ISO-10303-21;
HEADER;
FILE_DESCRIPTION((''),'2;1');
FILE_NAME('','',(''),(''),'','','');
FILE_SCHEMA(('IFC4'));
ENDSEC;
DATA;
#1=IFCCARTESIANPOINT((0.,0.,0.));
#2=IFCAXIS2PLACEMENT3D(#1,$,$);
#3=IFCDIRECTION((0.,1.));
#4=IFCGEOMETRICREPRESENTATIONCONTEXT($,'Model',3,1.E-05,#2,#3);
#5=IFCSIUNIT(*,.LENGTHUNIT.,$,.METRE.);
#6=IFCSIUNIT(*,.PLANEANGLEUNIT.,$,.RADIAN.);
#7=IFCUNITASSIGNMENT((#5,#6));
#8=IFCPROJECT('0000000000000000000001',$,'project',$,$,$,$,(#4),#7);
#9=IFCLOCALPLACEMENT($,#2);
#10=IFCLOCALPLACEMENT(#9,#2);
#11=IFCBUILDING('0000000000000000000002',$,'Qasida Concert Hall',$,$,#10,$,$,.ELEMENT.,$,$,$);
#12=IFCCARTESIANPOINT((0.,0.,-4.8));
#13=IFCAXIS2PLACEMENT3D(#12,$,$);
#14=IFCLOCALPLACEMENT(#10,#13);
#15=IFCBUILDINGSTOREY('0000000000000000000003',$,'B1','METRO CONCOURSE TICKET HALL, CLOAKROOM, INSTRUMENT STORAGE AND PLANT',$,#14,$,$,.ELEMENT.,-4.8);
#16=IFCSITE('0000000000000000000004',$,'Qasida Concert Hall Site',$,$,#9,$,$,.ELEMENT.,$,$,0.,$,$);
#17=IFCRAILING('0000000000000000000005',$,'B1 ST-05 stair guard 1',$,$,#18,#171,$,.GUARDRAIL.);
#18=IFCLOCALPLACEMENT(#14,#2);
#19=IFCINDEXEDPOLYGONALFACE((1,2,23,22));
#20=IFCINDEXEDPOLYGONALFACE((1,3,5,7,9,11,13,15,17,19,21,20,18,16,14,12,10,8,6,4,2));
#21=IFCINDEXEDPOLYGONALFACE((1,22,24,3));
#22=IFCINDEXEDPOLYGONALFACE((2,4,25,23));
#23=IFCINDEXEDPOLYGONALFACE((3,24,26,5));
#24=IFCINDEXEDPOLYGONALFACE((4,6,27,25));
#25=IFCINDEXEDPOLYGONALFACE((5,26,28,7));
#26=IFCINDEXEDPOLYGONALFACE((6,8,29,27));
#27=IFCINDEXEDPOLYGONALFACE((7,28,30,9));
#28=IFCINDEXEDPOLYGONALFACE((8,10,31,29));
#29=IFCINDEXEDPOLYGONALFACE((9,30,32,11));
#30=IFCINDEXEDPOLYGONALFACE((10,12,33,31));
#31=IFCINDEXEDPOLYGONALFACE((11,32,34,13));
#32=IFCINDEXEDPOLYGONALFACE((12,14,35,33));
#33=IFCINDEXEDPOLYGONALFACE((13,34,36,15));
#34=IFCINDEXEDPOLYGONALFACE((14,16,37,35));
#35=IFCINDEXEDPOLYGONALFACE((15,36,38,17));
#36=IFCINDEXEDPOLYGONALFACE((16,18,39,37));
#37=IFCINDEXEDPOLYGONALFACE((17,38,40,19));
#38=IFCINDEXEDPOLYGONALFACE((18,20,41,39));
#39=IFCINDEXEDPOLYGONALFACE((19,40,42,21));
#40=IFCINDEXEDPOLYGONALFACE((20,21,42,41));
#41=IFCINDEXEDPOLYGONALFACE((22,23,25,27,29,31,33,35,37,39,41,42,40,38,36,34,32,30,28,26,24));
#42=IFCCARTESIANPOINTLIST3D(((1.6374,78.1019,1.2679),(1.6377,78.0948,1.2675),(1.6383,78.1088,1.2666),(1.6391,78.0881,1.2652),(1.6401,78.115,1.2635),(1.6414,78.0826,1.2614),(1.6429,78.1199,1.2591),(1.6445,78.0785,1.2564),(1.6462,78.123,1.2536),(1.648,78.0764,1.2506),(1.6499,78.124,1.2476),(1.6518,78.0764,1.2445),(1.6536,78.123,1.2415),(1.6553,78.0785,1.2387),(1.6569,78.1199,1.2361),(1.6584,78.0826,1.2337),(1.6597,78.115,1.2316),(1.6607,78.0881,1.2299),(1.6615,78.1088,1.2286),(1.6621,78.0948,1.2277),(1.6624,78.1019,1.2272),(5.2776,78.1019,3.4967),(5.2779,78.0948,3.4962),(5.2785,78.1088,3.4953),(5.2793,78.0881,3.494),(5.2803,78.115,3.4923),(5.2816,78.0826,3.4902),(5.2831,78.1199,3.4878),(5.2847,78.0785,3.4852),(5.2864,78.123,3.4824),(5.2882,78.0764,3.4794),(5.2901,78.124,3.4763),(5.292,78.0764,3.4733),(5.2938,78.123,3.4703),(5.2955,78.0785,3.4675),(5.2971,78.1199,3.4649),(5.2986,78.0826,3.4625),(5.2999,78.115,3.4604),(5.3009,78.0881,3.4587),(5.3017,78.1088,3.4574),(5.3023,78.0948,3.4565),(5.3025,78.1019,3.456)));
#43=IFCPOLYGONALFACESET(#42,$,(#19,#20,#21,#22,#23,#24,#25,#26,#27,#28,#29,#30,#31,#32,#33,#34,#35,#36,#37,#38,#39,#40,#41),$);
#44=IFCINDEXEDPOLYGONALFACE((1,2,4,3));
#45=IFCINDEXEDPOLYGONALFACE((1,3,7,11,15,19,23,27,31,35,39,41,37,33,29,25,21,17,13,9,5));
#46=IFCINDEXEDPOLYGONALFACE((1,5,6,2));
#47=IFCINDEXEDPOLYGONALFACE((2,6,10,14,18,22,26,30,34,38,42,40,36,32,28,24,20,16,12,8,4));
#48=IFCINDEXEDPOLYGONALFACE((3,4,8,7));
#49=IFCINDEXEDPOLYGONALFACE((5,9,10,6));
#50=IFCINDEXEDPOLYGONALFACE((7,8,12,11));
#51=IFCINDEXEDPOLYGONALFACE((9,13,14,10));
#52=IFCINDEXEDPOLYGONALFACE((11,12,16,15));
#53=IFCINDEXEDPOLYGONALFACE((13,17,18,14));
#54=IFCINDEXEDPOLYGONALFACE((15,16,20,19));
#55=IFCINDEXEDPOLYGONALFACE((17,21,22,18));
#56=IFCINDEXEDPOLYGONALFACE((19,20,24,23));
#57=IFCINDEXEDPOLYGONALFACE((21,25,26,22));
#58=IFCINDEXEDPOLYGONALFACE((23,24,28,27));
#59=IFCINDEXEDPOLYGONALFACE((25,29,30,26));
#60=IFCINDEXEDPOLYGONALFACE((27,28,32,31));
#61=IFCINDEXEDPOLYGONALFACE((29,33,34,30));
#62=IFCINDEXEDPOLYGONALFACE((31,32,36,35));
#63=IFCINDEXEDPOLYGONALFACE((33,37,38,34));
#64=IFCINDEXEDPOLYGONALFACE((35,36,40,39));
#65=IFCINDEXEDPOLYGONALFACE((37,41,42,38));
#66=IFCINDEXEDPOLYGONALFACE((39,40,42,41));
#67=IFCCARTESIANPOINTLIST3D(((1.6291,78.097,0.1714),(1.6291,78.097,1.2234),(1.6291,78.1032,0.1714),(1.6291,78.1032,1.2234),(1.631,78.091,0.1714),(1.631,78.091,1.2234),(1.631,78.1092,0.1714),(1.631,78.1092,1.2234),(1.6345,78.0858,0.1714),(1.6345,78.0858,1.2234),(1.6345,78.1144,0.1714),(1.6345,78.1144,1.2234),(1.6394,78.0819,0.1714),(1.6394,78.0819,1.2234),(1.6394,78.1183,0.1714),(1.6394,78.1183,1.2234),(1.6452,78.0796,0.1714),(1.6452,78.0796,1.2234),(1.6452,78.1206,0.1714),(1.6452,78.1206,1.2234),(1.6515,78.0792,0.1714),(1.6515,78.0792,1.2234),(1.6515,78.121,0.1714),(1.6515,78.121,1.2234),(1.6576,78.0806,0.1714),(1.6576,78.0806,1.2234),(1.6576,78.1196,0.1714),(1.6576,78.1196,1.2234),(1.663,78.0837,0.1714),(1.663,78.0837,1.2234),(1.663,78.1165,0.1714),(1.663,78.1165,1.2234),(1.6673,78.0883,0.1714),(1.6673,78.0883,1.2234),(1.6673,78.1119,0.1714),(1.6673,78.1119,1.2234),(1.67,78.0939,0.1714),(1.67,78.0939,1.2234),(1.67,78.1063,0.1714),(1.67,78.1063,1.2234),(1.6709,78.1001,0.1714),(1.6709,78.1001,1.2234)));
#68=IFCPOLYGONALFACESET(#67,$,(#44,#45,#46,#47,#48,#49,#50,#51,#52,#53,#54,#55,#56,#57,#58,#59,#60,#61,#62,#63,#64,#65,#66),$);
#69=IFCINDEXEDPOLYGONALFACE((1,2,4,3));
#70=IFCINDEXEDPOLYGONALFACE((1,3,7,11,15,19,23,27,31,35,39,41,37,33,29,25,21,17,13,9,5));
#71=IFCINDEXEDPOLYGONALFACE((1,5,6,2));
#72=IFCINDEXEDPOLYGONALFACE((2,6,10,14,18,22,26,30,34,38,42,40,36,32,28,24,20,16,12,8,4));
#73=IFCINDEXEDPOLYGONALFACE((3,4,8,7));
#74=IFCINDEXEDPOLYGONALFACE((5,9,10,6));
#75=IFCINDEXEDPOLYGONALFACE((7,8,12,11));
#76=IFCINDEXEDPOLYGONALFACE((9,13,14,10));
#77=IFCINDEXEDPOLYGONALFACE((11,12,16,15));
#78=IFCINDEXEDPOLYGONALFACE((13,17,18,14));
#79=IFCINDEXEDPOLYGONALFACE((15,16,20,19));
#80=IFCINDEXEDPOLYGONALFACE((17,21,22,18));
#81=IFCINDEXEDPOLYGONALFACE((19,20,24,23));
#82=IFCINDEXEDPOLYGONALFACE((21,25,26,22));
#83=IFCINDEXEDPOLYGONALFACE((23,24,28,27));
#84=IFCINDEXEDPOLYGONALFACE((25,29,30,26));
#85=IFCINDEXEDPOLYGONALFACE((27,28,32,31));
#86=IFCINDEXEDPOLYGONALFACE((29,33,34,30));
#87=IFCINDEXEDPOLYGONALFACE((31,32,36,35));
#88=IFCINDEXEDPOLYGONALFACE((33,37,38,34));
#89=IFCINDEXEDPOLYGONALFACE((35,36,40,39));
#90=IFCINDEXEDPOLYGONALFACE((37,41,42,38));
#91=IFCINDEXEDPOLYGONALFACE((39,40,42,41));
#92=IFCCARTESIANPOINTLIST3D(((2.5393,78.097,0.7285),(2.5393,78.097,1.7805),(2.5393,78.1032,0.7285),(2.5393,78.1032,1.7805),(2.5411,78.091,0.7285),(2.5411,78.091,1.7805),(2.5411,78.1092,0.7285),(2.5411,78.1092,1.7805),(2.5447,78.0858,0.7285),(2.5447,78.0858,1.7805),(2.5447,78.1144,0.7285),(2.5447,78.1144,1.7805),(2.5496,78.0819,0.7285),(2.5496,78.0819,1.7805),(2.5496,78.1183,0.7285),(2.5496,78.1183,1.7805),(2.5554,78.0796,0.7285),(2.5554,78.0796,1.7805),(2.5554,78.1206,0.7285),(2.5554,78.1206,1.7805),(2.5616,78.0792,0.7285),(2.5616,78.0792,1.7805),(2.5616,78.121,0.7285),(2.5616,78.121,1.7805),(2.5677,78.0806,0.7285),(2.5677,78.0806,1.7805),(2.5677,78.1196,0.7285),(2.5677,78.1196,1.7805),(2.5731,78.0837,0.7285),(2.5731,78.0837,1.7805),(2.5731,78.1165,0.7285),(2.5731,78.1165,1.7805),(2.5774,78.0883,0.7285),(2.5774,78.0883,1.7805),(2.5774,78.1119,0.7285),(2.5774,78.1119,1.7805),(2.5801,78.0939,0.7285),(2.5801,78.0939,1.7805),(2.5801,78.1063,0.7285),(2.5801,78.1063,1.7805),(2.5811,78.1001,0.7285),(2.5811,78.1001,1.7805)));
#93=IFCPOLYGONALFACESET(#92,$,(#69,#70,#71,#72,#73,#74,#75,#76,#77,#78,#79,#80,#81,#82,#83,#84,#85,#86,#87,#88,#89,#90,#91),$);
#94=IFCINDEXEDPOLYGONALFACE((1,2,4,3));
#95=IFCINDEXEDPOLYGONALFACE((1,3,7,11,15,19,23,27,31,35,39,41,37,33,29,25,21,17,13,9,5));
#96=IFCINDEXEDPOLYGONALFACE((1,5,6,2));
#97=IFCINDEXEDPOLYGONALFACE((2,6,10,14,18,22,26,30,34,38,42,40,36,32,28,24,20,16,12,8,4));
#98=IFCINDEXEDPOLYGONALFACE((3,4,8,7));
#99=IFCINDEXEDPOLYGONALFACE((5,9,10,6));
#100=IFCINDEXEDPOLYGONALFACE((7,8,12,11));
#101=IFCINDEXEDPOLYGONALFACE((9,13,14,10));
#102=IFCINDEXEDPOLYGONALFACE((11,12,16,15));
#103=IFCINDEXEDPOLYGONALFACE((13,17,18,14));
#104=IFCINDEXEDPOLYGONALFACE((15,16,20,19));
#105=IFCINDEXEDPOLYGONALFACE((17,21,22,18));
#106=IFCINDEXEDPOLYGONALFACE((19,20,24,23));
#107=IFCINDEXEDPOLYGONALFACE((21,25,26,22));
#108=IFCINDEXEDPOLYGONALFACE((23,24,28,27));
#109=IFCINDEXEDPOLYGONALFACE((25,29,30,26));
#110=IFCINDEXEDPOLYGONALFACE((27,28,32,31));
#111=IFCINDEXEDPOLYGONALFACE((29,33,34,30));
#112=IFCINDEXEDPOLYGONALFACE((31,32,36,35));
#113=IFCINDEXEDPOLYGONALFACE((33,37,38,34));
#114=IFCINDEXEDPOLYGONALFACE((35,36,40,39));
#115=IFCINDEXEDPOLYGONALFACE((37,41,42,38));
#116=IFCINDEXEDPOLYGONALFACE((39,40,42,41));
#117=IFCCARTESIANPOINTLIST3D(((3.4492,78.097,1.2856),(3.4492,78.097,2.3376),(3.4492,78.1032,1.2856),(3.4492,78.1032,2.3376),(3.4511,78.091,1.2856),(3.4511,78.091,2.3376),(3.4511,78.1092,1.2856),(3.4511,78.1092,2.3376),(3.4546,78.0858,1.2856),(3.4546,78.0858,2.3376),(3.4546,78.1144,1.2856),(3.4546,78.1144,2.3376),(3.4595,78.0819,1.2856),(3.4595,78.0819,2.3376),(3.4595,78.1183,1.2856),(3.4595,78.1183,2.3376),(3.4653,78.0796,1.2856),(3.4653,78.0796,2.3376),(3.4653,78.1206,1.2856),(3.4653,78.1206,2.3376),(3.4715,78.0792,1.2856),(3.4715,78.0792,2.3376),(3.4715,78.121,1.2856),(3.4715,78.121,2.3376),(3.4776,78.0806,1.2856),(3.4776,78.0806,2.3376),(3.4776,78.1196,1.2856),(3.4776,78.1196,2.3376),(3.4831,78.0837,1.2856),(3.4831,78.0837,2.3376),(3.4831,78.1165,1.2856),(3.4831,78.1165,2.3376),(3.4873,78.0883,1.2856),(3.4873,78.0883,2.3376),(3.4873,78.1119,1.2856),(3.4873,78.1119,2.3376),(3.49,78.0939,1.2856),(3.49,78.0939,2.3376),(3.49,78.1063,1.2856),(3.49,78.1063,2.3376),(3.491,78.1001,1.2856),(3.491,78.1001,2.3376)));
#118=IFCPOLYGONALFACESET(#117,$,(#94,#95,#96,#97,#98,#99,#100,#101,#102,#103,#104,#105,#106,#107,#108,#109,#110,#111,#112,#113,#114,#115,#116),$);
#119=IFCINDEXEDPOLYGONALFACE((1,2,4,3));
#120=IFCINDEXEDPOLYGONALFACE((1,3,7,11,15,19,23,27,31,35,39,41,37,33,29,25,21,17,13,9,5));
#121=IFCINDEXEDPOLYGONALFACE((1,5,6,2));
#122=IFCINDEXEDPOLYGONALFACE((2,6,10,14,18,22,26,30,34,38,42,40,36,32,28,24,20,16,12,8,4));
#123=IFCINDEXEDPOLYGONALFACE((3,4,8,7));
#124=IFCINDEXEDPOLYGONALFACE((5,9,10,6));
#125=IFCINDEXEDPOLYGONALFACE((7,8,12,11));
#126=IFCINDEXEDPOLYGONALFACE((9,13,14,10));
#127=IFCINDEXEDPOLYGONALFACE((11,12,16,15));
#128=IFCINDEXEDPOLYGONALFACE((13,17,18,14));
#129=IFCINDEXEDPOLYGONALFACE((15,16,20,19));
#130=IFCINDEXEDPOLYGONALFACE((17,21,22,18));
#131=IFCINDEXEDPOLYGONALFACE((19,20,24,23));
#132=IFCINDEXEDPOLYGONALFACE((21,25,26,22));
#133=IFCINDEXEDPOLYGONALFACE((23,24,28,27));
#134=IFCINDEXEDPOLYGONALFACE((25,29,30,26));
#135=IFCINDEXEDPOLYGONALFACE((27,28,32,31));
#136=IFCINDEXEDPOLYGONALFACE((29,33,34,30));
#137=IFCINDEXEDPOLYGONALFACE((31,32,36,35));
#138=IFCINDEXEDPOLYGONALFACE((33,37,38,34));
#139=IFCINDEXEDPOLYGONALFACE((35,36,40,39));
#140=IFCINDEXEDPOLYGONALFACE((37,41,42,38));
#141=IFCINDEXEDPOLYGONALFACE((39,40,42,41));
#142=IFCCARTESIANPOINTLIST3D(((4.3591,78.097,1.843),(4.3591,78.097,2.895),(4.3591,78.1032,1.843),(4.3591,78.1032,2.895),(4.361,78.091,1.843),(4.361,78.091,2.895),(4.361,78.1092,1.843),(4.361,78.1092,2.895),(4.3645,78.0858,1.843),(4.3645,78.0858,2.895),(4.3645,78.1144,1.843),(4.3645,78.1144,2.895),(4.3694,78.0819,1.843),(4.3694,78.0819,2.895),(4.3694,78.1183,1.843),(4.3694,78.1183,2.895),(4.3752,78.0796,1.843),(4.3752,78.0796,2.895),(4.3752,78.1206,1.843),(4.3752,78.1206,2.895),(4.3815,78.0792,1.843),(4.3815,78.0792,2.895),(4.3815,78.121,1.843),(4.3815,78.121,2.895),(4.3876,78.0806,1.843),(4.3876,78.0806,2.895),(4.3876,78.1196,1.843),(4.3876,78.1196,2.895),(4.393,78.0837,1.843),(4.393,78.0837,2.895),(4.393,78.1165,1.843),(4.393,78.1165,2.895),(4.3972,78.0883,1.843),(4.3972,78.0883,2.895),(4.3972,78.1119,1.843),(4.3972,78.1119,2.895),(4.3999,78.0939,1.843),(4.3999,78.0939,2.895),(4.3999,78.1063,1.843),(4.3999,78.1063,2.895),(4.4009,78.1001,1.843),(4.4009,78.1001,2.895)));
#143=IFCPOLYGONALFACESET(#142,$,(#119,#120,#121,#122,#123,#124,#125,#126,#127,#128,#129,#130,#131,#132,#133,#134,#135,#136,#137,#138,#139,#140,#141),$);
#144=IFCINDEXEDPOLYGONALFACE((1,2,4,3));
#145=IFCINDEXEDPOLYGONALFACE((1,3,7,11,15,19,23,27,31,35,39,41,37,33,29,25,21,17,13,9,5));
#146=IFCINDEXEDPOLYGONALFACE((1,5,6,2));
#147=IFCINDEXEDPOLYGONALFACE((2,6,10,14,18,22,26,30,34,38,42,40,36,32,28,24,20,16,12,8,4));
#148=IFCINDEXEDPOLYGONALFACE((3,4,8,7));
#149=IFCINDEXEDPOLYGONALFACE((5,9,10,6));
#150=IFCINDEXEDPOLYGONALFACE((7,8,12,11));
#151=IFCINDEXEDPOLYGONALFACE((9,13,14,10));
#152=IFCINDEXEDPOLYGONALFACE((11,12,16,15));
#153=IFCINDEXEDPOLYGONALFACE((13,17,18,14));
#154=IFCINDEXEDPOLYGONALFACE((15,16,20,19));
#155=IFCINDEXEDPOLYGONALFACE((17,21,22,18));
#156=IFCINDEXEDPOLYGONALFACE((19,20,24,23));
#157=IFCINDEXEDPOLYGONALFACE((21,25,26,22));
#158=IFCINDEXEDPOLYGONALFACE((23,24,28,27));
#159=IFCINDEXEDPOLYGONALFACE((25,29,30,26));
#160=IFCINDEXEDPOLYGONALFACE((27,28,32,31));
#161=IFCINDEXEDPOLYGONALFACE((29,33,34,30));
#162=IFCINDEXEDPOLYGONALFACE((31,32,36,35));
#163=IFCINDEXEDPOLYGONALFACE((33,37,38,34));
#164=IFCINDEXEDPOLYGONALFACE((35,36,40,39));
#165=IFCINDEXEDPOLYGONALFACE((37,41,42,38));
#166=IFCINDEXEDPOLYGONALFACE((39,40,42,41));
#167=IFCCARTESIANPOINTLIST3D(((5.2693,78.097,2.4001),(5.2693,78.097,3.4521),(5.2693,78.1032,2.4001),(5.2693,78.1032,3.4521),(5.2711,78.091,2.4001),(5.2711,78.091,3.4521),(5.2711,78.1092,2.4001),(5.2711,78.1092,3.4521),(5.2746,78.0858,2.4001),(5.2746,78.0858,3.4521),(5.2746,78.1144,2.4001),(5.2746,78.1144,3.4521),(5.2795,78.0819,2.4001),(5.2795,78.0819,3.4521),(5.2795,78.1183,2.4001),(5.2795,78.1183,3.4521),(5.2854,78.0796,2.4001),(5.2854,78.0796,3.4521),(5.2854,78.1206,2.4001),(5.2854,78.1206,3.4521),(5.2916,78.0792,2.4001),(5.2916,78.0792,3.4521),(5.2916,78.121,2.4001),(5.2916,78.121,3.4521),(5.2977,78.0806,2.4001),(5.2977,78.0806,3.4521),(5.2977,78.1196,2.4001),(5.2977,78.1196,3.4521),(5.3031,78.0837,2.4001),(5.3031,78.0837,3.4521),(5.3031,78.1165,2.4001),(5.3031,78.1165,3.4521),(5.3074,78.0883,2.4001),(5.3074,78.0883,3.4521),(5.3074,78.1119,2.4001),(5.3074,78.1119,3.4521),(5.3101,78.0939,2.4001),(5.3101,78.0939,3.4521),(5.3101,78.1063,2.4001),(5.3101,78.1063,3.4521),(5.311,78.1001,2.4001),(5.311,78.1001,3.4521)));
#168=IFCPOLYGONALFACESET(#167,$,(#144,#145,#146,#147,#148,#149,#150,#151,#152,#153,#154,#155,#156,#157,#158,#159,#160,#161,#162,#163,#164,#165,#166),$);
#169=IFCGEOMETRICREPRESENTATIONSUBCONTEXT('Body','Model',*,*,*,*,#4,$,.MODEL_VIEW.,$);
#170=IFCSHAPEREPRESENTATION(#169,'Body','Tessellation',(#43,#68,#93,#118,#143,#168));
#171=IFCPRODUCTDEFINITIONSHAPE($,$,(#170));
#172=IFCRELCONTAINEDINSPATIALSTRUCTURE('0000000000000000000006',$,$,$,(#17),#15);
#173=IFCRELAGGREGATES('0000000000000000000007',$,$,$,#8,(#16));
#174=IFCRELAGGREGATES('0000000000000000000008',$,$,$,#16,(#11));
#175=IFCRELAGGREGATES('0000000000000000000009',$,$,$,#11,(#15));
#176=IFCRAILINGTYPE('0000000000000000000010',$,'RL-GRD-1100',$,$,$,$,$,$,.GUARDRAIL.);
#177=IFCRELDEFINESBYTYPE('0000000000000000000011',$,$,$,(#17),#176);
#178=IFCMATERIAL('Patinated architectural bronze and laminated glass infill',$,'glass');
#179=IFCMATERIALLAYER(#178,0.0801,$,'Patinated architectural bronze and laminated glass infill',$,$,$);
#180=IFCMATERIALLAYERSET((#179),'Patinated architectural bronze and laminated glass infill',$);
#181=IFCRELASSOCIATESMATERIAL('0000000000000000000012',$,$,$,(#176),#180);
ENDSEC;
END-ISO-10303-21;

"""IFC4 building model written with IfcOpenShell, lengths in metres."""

from ifc_helpers import new_model, si_unit, direction, frame, origin, origin_2d, place, context, subcontext, project, spatial, circle, extrude, material, layer, layer_set, type_object, element, save


model = new_model("IFC4")

# Units and contexts
model_context = context("Model", 3, precision=1e-05, world=origin(), true_north=direction((0.0, 1.0)))
body_context = subcontext(model_context, "Body", "Model", "MODEL_VIEW")
ifc_project = project(units=[si_unit("LENGTHUNIT", "METRE"), si_unit("PLANEANGLEUNIT", "RADIAN")], contexts=[model_context])

# Site, building, storey
site_placement = place(None, origin())
site = spatial("IfcSite", under=ifc_project, at=site_placement, Name="Qasida Concert Hall Site", CompositionType="ELEMENT", RefElevation=0.0)
building_placement = place(site_placement, origin())
building = spatial("IfcBuilding", under=site, at=building_placement, Name="Qasida Concert Hall", CompositionType="ELEMENT")
storey_placement = place(building_placement, frame((0.0, 0.0, -4.8)))
storey = spatial("IfcBuildingStorey", under=building, at=storey_placement, Name="B1", Description="METRO CONCOURSE TICKET HALL, CLOAKROOM, INSTRUMENT STORAGE AND PLANT", CompositionType="ELEMENT", Elevation=-4.8)

# Railing
ifc_material_1 = material(Name="Patinated architectural bronze and laminated glass infill", Category="glass")
ifc_layer_1 = layer(ifc_material_1, 0.0801, Name="Patinated architectural bronze and laminated glass infill")
ifc_layer_set_1 = layer_set([ifc_layer_1], Name="Patinated architectural bronze and laminated glass infill")
railing_type_1 = type_object("IfcRailingType", Name="RL-GRD-1100", PredefinedType="GUARDRAIL", material=ifc_layer_set_1)
railing_1_placement = place(storey_placement, frame((1.6499, 78.1001, 0.1714)))
element("IfcRailing", 1, at=railing_1_placement, inside=storey, type_object=railing_type_1, Name="B1 ST-05 stair guard 1", PredefinedType="GUARDRAIL", context=body_context, shape_type="SweptSolid", body=[
    extrude(circle(Radius=0.0239, at=origin_2d()), frame((0.0, 0.0, 1.0762), z_axis=(0.85284, 0.0, 0.522172), x_axis=(0.0, 1.0, 0.0)), (0.0, 0.0, 1.0), 4.2683),
    extrude(circle(Radius=0.021, at=origin_2d()), origin(), (0.0, 0.0, 1.0), 1.052),
    extrude(circle(Radius=0.021, at=origin_2d()), frame((0.9102, 0.0, 0.5571)), (0.0, 0.0, 1.0), 1.052),
    extrude(circle(Radius=0.021, at=origin_2d()), frame((1.8201, 0.0, 1.1143)), (0.0, 0.0, 1.0), 1.052),
    extrude(circle(Radius=0.021, at=origin_2d()), frame((2.73, 0.0, 1.6716)), (0.0, 0.0, 1.0), 1.052),
    extrude(circle(Radius=0.021, at=origin_2d()), frame((3.6401, 0.0, 2.2288)), (0.0, 0.0, 1.0), 1.052),
])

save(model, "model.ifc")
